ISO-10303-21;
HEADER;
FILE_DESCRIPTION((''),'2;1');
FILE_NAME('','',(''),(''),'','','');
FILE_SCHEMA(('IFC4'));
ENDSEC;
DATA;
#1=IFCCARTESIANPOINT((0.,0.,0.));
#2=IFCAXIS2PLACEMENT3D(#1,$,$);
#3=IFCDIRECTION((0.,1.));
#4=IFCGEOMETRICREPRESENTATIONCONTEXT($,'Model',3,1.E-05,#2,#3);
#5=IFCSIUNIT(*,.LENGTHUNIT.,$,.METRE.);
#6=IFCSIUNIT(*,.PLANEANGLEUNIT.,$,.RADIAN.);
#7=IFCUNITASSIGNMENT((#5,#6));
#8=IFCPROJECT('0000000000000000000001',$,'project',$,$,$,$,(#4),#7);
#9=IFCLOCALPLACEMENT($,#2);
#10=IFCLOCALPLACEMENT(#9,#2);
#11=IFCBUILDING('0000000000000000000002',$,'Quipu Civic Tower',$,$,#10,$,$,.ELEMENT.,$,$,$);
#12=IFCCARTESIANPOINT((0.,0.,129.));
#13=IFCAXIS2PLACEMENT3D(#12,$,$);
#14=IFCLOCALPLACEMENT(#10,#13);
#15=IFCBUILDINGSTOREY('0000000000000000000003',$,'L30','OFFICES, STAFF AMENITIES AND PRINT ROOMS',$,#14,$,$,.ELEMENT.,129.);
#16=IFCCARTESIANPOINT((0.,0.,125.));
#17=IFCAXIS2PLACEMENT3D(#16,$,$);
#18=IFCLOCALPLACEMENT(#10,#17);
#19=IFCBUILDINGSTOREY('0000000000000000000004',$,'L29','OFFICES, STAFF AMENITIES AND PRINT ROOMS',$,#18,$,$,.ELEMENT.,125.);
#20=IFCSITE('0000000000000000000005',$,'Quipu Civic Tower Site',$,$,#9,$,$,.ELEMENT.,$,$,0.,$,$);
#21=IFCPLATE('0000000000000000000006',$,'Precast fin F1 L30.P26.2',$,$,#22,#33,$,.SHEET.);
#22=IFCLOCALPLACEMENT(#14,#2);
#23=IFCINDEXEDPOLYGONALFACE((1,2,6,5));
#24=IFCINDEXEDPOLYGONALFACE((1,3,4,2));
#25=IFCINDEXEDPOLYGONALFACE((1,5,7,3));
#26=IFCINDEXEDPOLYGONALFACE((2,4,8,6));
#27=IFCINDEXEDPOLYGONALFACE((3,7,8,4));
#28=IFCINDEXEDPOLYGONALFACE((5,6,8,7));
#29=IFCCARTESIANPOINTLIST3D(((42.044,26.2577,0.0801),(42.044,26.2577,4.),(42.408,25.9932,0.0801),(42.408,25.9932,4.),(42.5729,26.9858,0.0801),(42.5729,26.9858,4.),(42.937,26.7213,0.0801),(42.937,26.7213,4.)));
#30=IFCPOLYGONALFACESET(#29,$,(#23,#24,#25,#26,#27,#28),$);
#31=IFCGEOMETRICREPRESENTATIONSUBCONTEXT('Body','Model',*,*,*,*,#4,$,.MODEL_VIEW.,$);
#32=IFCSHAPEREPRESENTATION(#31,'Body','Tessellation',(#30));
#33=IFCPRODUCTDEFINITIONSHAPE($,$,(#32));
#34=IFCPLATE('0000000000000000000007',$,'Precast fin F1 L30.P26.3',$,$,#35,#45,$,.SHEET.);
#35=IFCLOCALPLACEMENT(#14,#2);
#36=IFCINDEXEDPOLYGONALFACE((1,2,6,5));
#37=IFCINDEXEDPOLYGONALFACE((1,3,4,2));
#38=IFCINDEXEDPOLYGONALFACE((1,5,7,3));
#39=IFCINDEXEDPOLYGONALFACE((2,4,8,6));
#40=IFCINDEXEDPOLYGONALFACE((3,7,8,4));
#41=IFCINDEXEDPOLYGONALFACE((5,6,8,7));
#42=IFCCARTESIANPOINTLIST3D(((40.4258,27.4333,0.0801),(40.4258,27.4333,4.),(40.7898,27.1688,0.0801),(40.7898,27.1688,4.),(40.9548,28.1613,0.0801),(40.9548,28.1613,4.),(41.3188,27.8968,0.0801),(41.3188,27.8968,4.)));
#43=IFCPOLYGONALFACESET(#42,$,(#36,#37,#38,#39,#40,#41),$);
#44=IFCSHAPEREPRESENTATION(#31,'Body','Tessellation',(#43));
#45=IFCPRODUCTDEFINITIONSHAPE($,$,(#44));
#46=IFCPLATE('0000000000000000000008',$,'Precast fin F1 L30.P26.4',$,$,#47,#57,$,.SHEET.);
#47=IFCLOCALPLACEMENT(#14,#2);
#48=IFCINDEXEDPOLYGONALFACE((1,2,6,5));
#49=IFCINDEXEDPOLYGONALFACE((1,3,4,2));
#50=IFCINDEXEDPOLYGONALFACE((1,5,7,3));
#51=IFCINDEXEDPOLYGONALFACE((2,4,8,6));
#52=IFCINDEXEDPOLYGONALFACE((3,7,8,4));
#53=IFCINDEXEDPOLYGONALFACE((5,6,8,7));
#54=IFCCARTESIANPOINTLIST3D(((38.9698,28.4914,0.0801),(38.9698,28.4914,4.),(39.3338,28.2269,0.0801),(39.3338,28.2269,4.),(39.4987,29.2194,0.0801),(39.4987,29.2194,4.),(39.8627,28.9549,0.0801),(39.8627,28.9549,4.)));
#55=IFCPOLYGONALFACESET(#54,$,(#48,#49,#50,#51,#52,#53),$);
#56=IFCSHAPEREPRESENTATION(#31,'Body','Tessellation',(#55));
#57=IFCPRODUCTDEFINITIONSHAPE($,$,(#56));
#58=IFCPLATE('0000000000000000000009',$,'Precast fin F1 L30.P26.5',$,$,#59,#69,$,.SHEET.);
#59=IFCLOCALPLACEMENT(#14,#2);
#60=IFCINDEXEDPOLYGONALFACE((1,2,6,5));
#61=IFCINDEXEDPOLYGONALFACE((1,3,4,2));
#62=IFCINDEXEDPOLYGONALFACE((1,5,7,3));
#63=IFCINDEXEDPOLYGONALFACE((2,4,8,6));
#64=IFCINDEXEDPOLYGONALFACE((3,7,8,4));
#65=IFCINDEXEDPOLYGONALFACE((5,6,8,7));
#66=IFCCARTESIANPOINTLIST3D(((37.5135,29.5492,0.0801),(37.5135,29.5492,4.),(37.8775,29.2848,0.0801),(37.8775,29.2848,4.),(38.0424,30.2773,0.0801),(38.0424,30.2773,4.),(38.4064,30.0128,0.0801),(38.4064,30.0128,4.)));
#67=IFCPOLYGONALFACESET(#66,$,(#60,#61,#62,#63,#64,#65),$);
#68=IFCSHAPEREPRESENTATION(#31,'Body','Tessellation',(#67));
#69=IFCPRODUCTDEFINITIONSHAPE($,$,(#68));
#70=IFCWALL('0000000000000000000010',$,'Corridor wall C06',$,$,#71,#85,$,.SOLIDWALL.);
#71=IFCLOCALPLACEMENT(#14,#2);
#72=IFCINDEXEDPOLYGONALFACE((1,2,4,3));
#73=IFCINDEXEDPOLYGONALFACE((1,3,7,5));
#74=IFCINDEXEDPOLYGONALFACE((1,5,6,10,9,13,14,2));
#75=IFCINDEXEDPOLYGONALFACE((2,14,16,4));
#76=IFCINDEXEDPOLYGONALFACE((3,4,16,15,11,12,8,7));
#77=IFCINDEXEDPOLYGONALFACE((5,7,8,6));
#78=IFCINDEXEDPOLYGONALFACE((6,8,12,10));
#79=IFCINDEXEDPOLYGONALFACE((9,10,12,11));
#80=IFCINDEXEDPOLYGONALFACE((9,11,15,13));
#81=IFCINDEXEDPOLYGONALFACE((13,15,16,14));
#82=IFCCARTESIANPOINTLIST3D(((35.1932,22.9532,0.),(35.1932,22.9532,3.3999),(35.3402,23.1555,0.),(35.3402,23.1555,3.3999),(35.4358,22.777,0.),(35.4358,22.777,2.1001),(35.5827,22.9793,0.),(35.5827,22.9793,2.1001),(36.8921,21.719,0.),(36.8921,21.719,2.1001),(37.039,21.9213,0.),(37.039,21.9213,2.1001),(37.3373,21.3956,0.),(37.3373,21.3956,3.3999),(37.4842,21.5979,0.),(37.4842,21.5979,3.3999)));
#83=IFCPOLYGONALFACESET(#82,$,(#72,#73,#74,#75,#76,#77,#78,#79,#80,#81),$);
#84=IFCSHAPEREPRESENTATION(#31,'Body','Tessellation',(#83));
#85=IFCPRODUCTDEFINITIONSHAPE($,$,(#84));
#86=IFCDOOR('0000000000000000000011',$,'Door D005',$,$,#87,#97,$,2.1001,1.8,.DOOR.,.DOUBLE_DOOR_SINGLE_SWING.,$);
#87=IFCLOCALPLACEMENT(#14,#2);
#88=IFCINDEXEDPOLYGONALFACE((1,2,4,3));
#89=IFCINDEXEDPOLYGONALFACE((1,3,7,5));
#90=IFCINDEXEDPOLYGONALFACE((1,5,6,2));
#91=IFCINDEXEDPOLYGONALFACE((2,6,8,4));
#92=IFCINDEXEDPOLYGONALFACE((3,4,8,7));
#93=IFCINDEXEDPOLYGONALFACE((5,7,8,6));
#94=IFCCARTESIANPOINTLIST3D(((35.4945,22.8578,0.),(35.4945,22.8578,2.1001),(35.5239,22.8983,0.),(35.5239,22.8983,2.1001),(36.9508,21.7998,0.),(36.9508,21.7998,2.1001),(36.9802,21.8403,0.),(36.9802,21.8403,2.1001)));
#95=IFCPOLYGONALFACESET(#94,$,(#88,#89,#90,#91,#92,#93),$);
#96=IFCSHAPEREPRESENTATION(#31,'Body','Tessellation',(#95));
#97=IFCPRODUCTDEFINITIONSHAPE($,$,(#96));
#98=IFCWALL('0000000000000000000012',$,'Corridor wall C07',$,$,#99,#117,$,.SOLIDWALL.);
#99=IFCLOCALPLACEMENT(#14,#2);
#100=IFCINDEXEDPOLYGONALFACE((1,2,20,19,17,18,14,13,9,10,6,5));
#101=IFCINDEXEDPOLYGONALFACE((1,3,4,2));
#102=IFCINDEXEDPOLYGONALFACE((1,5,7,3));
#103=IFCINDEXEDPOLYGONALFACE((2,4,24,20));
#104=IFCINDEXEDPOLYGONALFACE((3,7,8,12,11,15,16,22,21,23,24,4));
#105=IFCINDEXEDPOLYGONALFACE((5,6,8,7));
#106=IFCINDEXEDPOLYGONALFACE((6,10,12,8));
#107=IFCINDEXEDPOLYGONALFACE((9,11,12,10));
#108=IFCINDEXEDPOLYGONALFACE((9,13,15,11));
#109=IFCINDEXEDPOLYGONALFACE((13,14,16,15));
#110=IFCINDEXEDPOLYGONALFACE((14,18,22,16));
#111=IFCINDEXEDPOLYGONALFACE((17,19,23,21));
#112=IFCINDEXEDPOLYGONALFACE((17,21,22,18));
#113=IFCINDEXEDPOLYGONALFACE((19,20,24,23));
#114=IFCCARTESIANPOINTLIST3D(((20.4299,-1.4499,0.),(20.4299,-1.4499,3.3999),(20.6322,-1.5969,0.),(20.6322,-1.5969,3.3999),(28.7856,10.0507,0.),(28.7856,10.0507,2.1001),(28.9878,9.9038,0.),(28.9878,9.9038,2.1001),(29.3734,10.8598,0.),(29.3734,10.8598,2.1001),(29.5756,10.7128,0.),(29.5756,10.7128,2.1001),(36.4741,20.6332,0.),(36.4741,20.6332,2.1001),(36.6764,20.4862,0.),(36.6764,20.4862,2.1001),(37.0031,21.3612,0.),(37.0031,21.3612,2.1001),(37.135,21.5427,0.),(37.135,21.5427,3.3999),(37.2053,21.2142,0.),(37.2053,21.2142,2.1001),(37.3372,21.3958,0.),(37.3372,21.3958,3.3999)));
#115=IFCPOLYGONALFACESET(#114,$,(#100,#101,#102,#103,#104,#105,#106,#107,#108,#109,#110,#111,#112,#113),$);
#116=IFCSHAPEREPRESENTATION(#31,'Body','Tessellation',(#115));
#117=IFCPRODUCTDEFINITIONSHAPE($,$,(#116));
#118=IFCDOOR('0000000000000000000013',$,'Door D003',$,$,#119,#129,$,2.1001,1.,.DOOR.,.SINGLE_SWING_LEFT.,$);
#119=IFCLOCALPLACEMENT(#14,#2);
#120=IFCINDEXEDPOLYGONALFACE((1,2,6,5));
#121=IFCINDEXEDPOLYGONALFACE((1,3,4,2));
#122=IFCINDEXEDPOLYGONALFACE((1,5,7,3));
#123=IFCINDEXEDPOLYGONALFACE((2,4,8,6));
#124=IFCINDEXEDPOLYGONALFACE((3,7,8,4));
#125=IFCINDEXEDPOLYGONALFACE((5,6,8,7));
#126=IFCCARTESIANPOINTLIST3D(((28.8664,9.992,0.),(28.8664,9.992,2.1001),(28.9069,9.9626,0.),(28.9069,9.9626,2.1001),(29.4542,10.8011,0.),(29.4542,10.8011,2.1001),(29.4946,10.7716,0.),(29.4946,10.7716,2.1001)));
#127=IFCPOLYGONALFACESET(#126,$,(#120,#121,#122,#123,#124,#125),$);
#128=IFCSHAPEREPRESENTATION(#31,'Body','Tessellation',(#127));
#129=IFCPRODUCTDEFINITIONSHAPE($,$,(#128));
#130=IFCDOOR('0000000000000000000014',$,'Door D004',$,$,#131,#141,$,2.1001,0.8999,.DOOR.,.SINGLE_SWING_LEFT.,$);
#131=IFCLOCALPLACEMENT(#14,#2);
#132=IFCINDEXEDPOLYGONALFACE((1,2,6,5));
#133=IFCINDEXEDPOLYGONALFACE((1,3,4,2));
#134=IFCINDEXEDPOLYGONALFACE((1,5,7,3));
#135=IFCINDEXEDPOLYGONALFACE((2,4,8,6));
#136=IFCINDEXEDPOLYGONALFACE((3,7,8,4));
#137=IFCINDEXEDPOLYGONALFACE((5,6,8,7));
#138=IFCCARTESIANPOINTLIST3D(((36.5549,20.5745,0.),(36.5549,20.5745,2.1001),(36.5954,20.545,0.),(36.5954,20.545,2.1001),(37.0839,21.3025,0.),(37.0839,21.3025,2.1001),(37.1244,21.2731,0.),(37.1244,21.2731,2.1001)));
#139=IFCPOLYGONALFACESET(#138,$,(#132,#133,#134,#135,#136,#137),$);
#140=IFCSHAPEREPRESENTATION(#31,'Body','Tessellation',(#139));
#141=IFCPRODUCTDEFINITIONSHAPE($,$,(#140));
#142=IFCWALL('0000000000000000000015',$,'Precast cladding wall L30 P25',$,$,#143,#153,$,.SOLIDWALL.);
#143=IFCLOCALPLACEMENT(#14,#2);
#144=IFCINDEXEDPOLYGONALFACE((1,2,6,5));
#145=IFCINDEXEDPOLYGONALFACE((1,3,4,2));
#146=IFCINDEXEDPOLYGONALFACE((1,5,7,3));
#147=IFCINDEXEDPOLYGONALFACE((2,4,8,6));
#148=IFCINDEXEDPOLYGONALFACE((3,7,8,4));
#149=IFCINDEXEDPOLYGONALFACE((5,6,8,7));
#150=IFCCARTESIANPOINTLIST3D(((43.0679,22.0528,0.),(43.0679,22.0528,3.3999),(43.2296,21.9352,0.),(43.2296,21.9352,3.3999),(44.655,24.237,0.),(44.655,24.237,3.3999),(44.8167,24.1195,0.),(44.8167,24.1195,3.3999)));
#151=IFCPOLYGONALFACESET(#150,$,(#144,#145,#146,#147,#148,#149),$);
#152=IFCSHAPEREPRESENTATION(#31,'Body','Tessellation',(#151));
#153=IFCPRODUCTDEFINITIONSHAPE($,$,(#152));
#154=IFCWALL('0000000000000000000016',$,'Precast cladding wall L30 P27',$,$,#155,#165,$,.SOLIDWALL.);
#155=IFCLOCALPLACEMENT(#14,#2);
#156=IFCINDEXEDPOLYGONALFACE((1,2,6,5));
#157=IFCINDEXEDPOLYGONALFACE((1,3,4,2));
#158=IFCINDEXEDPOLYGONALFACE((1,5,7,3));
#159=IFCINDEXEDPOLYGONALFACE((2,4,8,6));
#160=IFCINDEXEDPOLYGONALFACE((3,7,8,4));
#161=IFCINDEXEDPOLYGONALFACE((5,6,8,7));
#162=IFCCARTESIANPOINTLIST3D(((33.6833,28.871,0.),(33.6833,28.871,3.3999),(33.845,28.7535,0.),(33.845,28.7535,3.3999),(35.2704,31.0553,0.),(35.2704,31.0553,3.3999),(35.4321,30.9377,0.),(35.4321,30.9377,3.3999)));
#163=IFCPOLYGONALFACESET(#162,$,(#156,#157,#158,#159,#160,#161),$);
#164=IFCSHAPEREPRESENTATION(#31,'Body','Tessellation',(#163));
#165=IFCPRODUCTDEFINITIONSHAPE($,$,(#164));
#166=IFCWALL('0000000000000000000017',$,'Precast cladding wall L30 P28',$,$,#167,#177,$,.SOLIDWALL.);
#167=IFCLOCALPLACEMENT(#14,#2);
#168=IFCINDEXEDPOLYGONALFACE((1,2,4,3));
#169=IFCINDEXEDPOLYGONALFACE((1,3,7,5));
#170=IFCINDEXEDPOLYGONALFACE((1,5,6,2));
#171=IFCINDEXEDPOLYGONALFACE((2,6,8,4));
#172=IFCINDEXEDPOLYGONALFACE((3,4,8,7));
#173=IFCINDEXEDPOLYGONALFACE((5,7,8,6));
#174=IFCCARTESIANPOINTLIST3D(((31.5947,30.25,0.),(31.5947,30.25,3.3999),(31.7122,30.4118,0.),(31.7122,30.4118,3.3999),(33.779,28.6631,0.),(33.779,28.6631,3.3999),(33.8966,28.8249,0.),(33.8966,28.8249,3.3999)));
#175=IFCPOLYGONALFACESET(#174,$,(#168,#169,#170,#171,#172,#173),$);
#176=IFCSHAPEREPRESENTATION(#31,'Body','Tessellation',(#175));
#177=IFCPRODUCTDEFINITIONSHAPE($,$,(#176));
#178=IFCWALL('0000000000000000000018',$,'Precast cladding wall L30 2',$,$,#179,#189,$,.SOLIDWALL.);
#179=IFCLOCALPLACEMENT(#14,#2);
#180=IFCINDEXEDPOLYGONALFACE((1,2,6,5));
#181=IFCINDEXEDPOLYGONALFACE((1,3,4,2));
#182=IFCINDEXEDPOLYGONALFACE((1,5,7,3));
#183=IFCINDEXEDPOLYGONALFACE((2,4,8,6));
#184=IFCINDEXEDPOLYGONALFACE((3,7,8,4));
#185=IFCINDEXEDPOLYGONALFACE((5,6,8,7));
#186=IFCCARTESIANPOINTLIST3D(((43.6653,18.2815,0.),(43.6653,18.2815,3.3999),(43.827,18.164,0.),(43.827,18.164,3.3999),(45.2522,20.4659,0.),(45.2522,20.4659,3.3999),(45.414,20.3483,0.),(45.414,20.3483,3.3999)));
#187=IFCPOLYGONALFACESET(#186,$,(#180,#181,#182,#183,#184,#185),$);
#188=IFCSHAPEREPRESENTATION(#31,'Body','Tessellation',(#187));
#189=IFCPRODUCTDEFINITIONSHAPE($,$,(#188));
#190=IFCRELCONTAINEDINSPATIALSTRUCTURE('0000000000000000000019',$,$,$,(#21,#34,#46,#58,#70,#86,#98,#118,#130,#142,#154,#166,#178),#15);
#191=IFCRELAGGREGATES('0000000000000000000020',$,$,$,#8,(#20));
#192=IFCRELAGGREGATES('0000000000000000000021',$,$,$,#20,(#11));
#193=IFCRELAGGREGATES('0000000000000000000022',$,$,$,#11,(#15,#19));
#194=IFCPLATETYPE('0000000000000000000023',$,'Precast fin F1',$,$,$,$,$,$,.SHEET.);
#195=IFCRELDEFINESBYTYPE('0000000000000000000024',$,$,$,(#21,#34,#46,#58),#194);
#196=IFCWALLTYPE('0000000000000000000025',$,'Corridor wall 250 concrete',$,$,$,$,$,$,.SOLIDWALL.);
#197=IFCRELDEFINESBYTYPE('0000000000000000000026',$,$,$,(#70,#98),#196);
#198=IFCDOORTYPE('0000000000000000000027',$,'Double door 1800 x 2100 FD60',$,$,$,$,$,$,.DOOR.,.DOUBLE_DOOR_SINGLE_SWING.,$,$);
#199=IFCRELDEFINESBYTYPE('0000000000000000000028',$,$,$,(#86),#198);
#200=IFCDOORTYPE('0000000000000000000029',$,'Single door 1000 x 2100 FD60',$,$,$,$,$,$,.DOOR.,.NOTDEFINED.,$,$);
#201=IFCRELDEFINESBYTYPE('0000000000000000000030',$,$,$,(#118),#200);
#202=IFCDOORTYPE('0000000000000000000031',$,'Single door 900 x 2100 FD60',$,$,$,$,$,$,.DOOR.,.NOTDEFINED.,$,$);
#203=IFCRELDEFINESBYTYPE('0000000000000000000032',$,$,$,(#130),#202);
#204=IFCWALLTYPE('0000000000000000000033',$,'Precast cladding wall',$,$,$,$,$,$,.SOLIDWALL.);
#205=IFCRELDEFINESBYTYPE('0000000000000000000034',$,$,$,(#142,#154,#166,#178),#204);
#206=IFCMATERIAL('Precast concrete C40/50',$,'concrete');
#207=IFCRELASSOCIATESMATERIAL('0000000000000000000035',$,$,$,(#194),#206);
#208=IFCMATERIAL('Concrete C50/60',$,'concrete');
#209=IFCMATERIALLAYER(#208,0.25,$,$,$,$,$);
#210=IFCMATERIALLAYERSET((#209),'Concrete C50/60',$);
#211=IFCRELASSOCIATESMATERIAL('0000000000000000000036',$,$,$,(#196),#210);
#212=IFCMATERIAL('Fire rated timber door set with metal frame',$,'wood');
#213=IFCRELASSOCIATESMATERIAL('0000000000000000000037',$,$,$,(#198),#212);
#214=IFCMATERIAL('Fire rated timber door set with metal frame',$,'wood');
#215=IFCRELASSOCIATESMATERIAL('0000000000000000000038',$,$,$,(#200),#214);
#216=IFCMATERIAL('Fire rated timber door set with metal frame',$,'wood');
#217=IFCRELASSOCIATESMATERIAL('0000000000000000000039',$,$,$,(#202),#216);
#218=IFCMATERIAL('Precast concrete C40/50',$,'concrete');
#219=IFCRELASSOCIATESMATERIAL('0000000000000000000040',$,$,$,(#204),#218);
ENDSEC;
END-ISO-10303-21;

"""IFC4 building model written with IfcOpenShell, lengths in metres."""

from ifc_helpers import new_model, si_unit, direction, frame, frame_2d, origin, origin_2d, place, context, subcontext, project, spatial, rectangle, extrude, material, layer, layer_set, type_object, element, fill, save


model = new_model("IFC4")

# Units and contexts
model_context = context("Model", 3, precision=1e-05, world=origin(), true_north=direction((0.0, 1.0)))
body_context = subcontext(model_context, "Body", "Model", "MODEL_VIEW")
ifc_project = project(units=[si_unit("LENGTHUNIT", "METRE"), si_unit("PLANEANGLEUNIT", "RADIAN")], contexts=[model_context])

# Site, building, storey
site_placement = place(None, origin())
site = spatial("IfcSite", under=ifc_project, at=site_placement, Name="Quipu Civic Tower Site", CompositionType="ELEMENT", RefElevation=0.0)
building_placement = place(site_placement, origin())
building = spatial("IfcBuilding", under=site, at=building_placement, Name="Quipu Civic Tower", CompositionType="ELEMENT")
storey_1_placement = place(building_placement, frame((0.0, 0.0, 129.0)))
storey_1 = spatial("IfcBuildingStorey", under=building, at=storey_1_placement, Name="L30", Description="OFFICES, STAFF AMENITIES AND PRINT ROOMS", CompositionType="ELEMENT", Elevation=129.0)

# Shared definitions
storey_2_placement = place(building_placement, frame((0.0, 0.0, 125.0)))
storey_2 = spatial("IfcBuildingStorey", under=building, at=storey_2_placement, Name="L29", Description="OFFICES, STAFF AMENITIES AND PRINT ROOMS", CompositionType="ELEMENT", Elevation=125.0)

# Plates
ifc_material_1 = material(Name="Precast concrete C40/50", Category="concrete")
plate_type_1 = type_object("IfcPlateType", Name="Precast fin F1", PredefinedType="SHEET", material=ifc_material_1)
for number, where, z_axis, x_axis, name in (
    (1, (42.4905, 26.4895, 0.0801), (0.0, 0.0, 1.0), (-0.809017, 0.587785, 0.0), "Precast fin F1 L30.P26.2"),
    (2, (40.8723, 27.665, 0.0801), (0.0, 0.0, 1.0), (-0.809017, 0.587785, 0.0), "Precast fin F1 L30.P26.3"),
    (3, (39.4163, 28.7231, 0.0801), (0.0, 0.0, 1.0), (-0.809017, 0.587785, 0.0), "Precast fin F1 L30.P26.4"),
    (4, (37.96, 29.781, 0.0801), (0.0, 0.0, 1.0), (-0.809017, 0.587785, 0.0), "Precast fin F1 L30.P26.5"),
):
    element("IfcPlate", number, at=place(storey_1_placement, frame(where, z_axis=z_axis, x_axis=x_axis)), inside=storey_1, type_object=plate_type_1, Name=name, PredefinedType="SHEET", context=body_context, shape_type="SweptSolid", body=[
        extrude(rectangle(XDim=0.45, YDim=0.8999, at=origin_2d()), origin(), (0.0, 0.0, 1.0), 3.9199),
    ])

# Wall, opening, door
ifc_material_2 = material(Name="Concrete C50/60", Category="concrete")
ifc_layer_1 = layer(ifc_material_2, 0.25)
ifc_layer_set_1 = layer_set([ifc_layer_1], Name="Concrete C50/60")
wall_type_1 = type_object("IfcWallType", Name="Corridor wall 250 concrete", PredefinedType="SOLIDWALL", material=ifc_layer_set_1)
wall_1_placement = place(storey_1_placement, frame((35.2666, 23.0544, 0.0), z_axis=(0.0, 0.0, 1.0), x_axis=(0.809039, -0.587755, 0.0)))
wall_1 = element("IfcWall", 5, at=wall_1_placement, inside=storey_1, type_object=wall_type_1, Name="Corridor wall C06", PredefinedType="SOLIDWALL", context=body_context, shape_type="SweptSolid", body=[
    extrude(rectangle(XDim=2.6501, YDim=0.25, at=frame_2d((1.3252, 0.0))), origin(), (0.0, 0.0, 1.0), 3.3999),
])
opening_1_placement = place(wall_1_placement, frame((0.3, 0.0, 0.0)))
opening_1 = element("IfcOpeningElement", 6, at=opening_1_placement, cuts=wall_1, PredefinedType="OPENING", context=body_context, shape_type="SweptSolid", body=[
    extrude(rectangle(XDim=1.8, YDim=2.1001, at=frame_2d((0.8999, 1.05))), frame((0.0, 0.135, 0.0), z_axis=(0.0, -1.0, 0.0), x_axis=(1.0, 0.0, 0.0)), (0.0, 0.0, 1.0), 0.27),
])
ifc_material_3 = material(Name="Fire rated timber door set with metal frame", Category="wood")
door_type_1 = type_object("IfcDoorType", Name="Double door 1800 x 2100 FD60", OperationType="DOUBLE_DOOR_SINGLE_SWING", PredefinedType="DOOR", material=ifc_material_3)
door_1_placement = place(opening_1_placement, origin())
door_1 = element("IfcDoor", 7, at=door_1_placement, inside=storey_1, type_object=door_type_1, Name="Door D005", OperationType="DOUBLE_DOOR_SINGLE_SWING", OverallHeight=2.1001, OverallWidth=1.8, PredefinedType="DOOR", context=body_context, shape_type="SweptSolid", body=[
    extrude(rectangle(XDim=1.8, YDim=2.1001, at=frame_2d((0.8999, 1.05))), frame((0.0, 0.0249, 0.0), z_axis=(0.0, -1.0, 0.0), x_axis=(1.0, 0.0, 0.0)), (0.0, 0.0, 1.0), 0.05),
])
fill(opening_1, door_1)

# Wall, openings, doors
wall_2_placement = place(storey_1_placement, frame((37.2361, 21.4692, 0.0), z_axis=(0.0, 0.0, 1.0), x_axis=(-0.587783, -0.809018, 0.0)))
wall_2 = element("IfcWall", 8, at=wall_2_placement, inside=storey_1, type_object=wall_type_1, Name="Corridor wall C07", PredefinedType="SOLIDWALL", context=body_context, shape_type="SweptSolid", body=[
    extrude(rectangle(XDim=28.4204, YDim=0.25, at=frame_2d((14.2102, 0.0))), origin(), (0.0, 0.0, 1.0), 3.3999),
])
opening_2_placement = place(wall_2_placement, frame((13.2048, 0.0, 0.0)))
opening_2 = element("IfcOpeningElement", 9, at=opening_2_placement, cuts=wall_2, PredefinedType="OPENING", context=body_context, shape_type="SweptSolid", body=[
    extrude(rectangle(XDim=1.0, YDim=2.1001, at=frame_2d((0.5, 1.05))), frame((0.0, 0.135, 0.0), z_axis=(0.0, -1.0, 0.0), x_axis=(1.0, 0.0, 0.0)), (0.0, 0.0, 1.0), 0.27),
])
opening_3_placement = place(wall_2_placement, frame((0.2244, 0.0, 0.0)))
opening_3 = element("IfcOpeningElement", 10, at=opening_3_placement, cuts=wall_2, PredefinedType="OPENING", context=body_context, shape_type="SweptSolid", body=[
    extrude(rectangle(XDim=0.8999, YDim=2.1001, at=frame_2d((0.45, 1.05))), frame((0.0, 0.135, 0.0), z_axis=(0.0, -1.0, 0.0), x_axis=(1.0, 0.0, 0.0)), (0.0, 0.0, 1.0), 0.27),
])
ifc_material_4 = material(Name="Fire rated timber door set with metal frame", Category="wood")
door_type_2 = type_object("IfcDoorType", Name="Single door 1000 x 2100 FD60", OperationType="NOTDEFINED", PredefinedType="DOOR", material=ifc_material_4)
door_2_placement = place(opening_2_placement, origin())
door_2 = element("IfcDoor", 11, at=door_2_placement, inside=storey_1, type_object=door_type_2, Name="Door D003", OperationType="SINGLE_SWING_LEFT", OverallHeight=2.1001, OverallWidth=1.0, PredefinedType="DOOR", context=body_context, shape_type="SweptSolid", body=[
    extrude(rectangle(XDim=1.0, YDim=2.1001, at=frame_2d((0.5, 1.05))), frame((0.0, 0.0249, 0.0), z_axis=(0.0, -1.0, 0.0), x_axis=(1.0, 0.0, 0.0)), (0.0, 0.0, 1.0), 0.05),
])
fill(opening_2, door_2)
ifc_material_5 = material(Name="Fire rated timber door set with metal frame", Category="wood")
door_type_3 = type_object("IfcDoorType", Name="Single door 900 x 2100 FD60", OperationType="NOTDEFINED", PredefinedType="DOOR", material=ifc_material_5)
door_3_placement = place(opening_3_placement, origin())
door_3 = element("IfcDoor", 12, at=door_3_placement, inside=storey_1, type_object=door_type_3, Name="Door D004", OperationType="SINGLE_SWING_LEFT", OverallHeight=2.1001, OverallWidth=0.8999, PredefinedType="DOOR", context=body_context, shape_type="SweptSolid", body=[
    extrude(rectangle(XDim=0.8999, YDim=2.1001, at=frame_2d((0.45, 1.05))), frame((0.0, 0.0249, 0.0), z_axis=(0.0, -1.0, 0.0), x_axis=(1.0, 0.0, 0.0)), (0.0, 0.0, 1.0), 0.05),
])
fill(opening_3, door_3)

# Walls
ifc_material_6 = material(Name="Precast concrete C40/50", Category="concrete")
wall_type_2 = type_object("IfcWallType", Name="Precast cladding wall", PredefinedType="SOLIDWALL", material=ifc_material_6)
for number, where, z_axis, x_axis, name in (
    (13, (43.1487, 21.9939, 0.0), (0.0, 0.0, 1.0), (0.587822, 0.80899, 0.0), "Precast cladding wall L30 P25"),
    (14, (35.3513, 30.9966, 0.0), (0.0, 0.0, 1.0), (-0.587822, -0.80899, 0.0), "Precast cladding wall L30 P27"),
    (15, (33.8379, 28.7439, 0.0), (0.0, 0.0, 1.0), (-0.809033, 0.587763, 0.0), "Precast cladding wall L30 P28"),
    (16, (43.7461, 18.2227, 0.0), (0.0, 0.0, 1.0), (0.587763, 0.809033, 0.0), "Precast cladding wall L30 2"),
):
    element("IfcWall", number, at=place(storey_1_placement, frame(where, z_axis=z_axis, x_axis=x_axis)), inside=storey_1, type_object=wall_type_2, Name=name, PredefinedType="SOLIDWALL", context=body_context, shape_type="SweptSolid", body=[
        extrude(rectangle(XDim=2.7, YDim=0.2, at=frame_2d((1.3501, 0.0))), origin(), (0.0, 0.0, 1.0), 3.3999),
    ])

save(model, "model.ifc")
